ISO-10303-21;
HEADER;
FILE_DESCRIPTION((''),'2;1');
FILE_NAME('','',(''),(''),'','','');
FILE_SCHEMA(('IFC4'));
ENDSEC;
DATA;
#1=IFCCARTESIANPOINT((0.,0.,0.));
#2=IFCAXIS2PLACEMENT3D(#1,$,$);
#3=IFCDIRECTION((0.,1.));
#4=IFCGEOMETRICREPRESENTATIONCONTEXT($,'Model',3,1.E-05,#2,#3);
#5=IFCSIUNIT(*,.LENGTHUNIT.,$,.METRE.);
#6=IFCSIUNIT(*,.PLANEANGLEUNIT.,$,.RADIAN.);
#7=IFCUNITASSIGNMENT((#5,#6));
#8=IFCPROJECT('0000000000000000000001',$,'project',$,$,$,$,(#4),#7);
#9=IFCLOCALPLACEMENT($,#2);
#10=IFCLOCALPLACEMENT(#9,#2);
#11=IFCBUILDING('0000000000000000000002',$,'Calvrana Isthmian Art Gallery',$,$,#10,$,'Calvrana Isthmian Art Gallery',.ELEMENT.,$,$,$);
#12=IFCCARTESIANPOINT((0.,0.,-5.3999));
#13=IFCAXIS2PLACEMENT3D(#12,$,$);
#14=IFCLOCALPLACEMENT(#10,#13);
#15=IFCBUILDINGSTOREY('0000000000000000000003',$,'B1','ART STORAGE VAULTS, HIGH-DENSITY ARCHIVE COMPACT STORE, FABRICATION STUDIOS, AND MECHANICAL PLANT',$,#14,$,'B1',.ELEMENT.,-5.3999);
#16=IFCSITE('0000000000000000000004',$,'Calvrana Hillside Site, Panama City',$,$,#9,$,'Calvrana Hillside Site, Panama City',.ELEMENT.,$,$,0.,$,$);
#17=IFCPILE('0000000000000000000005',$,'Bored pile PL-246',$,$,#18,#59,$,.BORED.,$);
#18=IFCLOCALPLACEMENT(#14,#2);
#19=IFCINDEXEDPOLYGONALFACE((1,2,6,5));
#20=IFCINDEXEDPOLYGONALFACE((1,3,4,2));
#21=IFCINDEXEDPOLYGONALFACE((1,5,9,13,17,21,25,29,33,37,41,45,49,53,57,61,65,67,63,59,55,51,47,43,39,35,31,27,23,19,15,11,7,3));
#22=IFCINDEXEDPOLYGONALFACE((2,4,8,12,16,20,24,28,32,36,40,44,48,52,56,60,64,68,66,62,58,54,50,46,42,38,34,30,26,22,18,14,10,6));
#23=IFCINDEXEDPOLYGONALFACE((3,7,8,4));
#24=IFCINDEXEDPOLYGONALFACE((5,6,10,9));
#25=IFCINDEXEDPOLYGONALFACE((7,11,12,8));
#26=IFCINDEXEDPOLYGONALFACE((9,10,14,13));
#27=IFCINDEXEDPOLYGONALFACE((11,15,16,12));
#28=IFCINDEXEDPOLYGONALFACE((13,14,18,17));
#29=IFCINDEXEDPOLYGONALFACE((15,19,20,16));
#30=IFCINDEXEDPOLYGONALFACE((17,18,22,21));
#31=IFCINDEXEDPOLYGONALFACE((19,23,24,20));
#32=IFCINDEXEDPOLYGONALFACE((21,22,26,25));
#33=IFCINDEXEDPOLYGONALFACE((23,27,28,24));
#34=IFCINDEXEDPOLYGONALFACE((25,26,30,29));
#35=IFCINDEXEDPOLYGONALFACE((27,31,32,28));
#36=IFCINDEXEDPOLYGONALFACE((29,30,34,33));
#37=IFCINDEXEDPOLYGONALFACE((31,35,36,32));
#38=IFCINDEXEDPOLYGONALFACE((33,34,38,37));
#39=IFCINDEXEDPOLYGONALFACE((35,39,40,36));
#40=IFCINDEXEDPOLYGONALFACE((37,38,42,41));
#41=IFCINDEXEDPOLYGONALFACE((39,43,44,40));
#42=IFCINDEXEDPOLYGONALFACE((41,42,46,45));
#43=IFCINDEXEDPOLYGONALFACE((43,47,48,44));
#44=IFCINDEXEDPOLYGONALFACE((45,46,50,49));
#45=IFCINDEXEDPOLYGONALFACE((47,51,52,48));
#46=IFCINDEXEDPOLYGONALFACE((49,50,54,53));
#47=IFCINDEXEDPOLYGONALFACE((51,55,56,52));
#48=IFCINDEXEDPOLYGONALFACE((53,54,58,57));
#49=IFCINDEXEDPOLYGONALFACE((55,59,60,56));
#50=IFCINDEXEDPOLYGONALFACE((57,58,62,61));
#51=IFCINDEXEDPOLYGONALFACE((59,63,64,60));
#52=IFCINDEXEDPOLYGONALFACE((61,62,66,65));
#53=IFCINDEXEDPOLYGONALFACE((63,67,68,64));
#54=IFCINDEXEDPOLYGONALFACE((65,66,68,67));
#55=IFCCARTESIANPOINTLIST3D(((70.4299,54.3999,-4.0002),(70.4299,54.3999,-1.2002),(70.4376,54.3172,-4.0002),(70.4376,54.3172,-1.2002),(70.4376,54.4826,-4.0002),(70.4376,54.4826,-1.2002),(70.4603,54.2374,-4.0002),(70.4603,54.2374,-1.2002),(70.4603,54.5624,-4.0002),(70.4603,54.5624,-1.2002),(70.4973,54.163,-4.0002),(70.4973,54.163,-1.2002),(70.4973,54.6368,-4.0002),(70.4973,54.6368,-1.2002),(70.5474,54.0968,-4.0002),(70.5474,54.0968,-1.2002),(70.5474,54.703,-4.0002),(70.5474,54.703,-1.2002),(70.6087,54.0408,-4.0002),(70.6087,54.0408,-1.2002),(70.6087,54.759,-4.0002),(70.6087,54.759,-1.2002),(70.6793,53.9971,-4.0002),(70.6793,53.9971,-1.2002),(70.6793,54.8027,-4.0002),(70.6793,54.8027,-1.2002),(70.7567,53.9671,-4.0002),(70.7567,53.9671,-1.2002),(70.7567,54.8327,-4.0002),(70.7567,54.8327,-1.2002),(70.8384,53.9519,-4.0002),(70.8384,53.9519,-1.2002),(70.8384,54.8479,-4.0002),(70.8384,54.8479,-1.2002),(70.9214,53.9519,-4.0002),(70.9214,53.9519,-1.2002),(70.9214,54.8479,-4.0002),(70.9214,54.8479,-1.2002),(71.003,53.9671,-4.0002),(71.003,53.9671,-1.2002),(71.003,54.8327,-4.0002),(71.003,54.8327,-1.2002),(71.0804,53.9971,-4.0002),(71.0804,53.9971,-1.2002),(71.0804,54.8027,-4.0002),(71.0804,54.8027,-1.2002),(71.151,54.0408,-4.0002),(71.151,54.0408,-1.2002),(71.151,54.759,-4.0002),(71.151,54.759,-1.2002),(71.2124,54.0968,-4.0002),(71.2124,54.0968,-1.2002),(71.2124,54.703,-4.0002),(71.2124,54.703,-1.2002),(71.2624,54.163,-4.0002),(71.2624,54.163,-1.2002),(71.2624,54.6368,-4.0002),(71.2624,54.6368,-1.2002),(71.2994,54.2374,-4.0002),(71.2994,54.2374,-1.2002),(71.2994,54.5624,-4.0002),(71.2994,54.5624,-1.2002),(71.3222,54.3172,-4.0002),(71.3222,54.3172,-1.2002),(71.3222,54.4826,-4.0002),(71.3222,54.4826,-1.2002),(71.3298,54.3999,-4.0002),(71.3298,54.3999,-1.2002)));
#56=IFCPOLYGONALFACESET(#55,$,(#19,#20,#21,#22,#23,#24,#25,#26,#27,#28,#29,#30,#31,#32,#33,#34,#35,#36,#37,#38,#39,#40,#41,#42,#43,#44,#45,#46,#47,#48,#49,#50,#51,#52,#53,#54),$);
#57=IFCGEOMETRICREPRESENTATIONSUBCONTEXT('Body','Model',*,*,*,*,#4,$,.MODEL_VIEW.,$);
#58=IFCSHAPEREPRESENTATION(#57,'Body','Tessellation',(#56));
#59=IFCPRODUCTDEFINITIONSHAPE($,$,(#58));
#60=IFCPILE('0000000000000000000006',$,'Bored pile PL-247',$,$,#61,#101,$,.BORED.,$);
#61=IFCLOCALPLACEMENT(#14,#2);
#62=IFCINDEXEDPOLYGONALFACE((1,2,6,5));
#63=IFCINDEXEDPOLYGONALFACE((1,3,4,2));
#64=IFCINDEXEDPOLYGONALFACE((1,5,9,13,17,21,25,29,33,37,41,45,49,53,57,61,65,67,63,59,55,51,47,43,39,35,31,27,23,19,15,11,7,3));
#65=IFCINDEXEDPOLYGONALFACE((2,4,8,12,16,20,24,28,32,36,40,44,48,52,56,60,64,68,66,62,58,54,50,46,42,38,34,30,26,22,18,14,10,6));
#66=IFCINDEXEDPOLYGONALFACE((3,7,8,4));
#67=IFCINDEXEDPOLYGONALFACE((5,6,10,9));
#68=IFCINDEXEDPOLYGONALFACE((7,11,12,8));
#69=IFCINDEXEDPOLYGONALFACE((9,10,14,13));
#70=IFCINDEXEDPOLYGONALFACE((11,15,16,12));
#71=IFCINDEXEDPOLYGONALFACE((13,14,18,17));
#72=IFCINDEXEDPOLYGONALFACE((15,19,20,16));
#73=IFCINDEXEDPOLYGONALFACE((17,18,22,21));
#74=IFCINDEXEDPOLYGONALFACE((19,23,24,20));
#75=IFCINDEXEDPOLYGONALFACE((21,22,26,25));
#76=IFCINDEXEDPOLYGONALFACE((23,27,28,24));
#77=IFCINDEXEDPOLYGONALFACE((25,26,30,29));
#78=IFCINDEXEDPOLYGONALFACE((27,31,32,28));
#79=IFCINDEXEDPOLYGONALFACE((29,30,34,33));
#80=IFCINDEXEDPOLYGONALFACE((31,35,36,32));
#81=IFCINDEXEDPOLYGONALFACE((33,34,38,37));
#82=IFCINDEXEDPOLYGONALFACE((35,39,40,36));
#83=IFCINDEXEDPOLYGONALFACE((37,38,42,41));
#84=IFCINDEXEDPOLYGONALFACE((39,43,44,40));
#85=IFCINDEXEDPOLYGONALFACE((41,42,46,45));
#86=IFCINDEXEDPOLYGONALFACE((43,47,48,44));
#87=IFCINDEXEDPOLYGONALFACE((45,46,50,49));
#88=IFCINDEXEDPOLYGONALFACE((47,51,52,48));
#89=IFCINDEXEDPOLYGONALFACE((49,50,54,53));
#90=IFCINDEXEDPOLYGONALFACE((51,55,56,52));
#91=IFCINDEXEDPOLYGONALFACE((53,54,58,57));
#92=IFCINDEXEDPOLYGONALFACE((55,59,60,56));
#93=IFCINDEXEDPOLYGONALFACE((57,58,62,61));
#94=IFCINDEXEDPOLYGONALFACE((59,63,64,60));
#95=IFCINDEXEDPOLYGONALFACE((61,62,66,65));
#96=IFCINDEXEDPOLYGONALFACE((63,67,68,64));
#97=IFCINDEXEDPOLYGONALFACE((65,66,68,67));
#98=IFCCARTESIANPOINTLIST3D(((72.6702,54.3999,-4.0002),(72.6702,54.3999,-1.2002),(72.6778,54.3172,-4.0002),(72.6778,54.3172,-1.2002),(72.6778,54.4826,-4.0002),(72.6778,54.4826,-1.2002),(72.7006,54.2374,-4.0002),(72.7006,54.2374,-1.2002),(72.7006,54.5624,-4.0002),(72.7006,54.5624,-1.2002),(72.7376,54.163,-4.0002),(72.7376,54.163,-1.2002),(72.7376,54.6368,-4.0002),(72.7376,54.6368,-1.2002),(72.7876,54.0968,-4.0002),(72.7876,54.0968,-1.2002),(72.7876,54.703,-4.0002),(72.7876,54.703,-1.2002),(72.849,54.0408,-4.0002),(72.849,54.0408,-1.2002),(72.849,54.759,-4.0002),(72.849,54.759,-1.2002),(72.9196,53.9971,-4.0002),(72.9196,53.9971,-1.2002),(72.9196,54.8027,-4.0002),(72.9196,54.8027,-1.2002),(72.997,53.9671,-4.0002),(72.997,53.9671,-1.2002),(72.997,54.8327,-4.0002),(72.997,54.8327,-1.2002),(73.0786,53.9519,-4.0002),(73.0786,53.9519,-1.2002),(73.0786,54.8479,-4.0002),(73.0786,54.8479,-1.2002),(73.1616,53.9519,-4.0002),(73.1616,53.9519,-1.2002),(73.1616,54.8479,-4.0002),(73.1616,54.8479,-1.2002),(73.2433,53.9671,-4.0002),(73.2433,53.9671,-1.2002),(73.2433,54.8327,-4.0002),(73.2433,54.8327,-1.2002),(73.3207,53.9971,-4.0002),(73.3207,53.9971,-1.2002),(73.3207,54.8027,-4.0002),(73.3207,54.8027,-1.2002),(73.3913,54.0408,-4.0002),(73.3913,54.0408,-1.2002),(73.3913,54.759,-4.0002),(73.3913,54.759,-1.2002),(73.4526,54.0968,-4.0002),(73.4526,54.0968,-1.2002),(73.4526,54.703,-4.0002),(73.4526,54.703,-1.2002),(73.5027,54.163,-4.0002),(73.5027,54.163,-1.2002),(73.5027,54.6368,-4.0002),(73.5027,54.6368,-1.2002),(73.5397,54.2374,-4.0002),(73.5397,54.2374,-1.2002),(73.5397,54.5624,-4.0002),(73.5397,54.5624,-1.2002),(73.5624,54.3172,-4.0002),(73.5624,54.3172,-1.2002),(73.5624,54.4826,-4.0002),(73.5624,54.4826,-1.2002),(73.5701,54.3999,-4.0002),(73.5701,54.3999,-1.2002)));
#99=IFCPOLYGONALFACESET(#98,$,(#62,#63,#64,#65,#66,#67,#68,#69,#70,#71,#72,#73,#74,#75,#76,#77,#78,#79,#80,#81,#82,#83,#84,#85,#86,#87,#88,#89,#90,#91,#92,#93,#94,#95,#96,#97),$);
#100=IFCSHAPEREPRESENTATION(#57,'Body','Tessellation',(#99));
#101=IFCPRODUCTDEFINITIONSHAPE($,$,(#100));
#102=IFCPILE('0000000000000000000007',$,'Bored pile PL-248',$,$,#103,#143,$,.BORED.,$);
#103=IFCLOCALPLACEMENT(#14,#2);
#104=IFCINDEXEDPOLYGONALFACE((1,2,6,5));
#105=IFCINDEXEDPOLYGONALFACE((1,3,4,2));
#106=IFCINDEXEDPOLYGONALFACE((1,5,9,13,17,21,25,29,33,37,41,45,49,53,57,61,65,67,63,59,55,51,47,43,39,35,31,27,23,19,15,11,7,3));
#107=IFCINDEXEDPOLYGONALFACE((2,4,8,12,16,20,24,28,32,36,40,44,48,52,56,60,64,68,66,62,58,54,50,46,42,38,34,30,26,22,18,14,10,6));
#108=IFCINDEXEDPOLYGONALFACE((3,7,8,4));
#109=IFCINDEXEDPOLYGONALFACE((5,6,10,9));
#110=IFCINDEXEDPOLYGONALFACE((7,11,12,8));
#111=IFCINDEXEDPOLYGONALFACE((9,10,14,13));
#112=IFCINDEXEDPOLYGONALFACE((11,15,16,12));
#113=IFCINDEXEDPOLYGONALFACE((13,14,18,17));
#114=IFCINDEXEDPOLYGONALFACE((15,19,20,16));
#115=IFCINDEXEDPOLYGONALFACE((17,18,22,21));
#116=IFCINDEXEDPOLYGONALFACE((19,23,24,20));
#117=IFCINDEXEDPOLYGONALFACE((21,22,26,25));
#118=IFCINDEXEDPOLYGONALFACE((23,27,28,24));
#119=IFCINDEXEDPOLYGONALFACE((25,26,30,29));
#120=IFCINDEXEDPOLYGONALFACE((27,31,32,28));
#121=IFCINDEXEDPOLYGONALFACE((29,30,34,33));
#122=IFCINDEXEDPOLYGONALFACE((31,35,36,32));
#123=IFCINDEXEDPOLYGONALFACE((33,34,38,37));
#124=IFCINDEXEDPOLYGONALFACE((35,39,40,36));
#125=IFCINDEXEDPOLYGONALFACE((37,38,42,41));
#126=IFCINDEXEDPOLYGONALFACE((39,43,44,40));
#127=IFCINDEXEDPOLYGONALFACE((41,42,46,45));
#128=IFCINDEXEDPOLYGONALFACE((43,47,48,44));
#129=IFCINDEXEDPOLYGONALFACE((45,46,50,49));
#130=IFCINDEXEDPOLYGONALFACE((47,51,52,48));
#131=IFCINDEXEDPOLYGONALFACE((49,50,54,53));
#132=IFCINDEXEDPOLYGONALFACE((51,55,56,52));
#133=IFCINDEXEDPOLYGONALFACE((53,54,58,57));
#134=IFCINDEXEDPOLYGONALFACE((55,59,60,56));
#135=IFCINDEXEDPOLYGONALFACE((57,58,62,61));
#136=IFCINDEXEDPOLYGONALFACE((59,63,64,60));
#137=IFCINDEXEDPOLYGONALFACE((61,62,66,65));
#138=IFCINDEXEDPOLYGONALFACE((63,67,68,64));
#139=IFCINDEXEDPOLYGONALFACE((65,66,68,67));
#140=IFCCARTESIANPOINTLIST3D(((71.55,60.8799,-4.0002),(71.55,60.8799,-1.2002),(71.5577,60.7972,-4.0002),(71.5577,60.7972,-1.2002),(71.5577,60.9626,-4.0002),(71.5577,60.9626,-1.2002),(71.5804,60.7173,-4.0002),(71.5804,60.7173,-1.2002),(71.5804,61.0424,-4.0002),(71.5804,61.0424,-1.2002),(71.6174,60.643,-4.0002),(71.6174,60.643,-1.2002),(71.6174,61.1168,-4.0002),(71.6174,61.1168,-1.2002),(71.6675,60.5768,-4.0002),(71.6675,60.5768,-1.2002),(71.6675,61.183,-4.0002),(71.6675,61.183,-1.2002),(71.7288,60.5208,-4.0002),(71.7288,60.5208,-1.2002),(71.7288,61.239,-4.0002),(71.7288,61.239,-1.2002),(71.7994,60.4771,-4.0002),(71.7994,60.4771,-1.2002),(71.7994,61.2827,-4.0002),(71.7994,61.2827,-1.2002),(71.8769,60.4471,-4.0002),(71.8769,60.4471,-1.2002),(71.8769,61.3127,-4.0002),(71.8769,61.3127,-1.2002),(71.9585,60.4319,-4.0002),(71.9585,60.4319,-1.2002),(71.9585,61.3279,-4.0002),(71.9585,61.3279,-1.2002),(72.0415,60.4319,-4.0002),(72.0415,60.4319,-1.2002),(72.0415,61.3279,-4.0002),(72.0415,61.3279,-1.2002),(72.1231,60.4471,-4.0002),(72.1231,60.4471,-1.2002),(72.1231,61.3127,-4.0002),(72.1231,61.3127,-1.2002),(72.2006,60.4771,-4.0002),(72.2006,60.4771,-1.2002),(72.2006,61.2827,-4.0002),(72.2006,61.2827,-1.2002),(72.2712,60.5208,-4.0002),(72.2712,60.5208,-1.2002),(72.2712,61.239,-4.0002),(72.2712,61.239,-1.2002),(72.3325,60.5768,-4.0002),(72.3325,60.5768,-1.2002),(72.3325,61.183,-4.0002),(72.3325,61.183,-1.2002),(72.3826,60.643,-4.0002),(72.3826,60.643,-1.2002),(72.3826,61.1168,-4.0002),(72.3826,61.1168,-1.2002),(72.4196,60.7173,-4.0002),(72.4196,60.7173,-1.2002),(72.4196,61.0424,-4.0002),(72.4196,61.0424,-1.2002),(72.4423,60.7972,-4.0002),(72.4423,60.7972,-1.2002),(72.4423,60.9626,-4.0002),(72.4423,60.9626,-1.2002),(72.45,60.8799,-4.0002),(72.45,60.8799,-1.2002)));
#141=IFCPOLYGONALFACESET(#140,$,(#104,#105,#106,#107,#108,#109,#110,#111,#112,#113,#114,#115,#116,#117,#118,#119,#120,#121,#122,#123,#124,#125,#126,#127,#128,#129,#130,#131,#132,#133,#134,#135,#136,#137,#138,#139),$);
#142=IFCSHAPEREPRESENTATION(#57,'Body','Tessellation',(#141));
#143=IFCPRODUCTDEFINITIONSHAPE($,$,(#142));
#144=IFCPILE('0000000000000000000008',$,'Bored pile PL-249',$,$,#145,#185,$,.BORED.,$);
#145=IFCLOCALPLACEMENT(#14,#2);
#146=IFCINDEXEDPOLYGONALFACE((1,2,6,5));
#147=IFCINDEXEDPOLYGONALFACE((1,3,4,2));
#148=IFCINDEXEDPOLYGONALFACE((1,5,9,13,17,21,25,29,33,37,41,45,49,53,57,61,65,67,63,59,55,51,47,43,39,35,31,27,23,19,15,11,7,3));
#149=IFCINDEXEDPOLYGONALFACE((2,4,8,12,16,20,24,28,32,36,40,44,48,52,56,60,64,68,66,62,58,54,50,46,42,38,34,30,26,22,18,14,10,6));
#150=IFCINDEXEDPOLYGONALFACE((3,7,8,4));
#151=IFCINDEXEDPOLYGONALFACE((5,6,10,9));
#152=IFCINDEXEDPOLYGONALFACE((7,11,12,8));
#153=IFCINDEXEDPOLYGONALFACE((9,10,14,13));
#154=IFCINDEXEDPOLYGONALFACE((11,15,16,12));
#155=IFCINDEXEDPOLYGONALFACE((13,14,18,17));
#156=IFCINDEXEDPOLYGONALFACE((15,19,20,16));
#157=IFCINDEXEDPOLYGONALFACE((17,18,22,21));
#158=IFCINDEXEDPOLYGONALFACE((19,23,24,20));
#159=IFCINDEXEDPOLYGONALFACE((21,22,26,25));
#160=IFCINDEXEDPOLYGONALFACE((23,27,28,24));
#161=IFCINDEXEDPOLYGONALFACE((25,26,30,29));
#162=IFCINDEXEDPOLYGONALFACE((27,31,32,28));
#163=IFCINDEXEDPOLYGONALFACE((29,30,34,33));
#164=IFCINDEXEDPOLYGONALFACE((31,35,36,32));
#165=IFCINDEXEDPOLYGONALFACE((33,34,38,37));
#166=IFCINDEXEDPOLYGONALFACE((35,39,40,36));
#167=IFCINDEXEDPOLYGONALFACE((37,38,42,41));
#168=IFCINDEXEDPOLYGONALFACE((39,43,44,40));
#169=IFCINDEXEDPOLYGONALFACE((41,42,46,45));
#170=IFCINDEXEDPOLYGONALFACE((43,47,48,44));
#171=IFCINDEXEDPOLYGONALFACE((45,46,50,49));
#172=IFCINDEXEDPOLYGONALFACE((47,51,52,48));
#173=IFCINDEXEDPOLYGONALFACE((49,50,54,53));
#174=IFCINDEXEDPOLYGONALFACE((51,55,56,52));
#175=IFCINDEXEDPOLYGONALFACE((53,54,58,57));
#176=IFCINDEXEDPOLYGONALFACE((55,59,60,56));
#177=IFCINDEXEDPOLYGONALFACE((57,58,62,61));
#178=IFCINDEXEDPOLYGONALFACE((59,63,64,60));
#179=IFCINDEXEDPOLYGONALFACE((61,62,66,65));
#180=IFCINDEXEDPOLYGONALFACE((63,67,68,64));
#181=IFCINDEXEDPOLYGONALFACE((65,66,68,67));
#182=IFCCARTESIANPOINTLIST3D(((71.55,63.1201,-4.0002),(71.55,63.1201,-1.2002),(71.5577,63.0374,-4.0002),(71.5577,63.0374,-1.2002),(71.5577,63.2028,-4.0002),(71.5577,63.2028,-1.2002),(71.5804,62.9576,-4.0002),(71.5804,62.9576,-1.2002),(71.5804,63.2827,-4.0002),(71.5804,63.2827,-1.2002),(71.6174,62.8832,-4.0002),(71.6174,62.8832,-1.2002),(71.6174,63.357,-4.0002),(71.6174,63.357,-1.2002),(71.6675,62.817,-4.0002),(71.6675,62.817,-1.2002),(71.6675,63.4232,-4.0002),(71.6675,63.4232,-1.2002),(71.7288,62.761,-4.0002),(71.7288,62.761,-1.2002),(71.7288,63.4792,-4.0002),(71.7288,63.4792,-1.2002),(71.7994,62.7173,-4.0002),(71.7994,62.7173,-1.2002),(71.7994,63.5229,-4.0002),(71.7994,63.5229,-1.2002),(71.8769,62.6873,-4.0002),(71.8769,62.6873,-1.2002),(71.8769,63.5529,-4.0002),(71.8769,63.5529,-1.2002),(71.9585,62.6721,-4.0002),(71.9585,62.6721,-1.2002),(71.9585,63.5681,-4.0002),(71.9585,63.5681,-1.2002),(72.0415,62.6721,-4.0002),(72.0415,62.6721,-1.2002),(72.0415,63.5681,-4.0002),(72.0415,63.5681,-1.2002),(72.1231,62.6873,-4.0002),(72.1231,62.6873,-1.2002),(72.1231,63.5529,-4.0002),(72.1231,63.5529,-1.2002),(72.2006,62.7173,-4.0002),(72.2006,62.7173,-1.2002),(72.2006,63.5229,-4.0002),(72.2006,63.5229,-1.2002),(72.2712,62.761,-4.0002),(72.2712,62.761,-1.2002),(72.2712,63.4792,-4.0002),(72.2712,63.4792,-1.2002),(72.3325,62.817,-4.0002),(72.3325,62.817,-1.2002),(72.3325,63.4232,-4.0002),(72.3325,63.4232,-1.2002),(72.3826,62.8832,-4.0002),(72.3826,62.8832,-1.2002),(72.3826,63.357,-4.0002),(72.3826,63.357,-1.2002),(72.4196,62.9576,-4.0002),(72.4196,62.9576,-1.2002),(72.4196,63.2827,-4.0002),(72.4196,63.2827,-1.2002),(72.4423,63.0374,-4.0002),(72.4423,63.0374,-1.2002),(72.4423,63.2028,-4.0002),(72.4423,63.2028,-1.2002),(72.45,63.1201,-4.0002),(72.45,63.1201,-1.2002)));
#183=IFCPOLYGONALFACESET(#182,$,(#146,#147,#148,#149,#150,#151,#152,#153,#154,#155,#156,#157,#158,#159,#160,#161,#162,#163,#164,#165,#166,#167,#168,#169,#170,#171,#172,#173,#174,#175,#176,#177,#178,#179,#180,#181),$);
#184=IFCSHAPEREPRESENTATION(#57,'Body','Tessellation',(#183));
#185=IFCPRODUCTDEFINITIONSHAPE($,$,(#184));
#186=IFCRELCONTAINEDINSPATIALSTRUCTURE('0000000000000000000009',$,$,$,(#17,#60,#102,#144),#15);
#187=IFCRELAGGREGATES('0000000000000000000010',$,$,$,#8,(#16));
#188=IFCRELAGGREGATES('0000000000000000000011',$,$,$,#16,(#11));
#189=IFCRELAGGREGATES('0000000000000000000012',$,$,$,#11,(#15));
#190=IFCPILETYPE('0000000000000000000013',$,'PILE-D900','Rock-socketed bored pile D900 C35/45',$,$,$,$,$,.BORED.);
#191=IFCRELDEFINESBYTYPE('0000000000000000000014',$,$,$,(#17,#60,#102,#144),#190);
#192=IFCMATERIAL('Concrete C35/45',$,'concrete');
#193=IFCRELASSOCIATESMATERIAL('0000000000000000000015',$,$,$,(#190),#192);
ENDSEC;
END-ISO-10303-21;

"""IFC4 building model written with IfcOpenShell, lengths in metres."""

from ifc_helpers import new_model, si_unit, direction, frame, origin, origin_2d, place, context, subcontext, project, spatial, circle, extrude, material, material_profile, profile_set, type_object, element, save


model = new_model("IFC4")

# Units and contexts
model_context = context("Model", 3, precision=1e-05, world=origin(), true_north=direction((0.0, 1.0)))
body_context = subcontext(model_context, "Body", "Model", "MODEL_VIEW")
ifc_project = project(units=[si_unit("LENGTHUNIT", "METRE"), si_unit("PLANEANGLEUNIT", "RADIAN")], contexts=[model_context])

# Site, building, storey
site_placement = place(None, origin())
site = spatial("IfcSite", under=ifc_project, at=site_placement, Name="Calvrana Hillside Site, Panama City", LongName="Calvrana Hillside Site, Panama City", CompositionType="ELEMENT", RefElevation=0.0)
building_placement = place(site_placement, origin())
building = spatial("IfcBuilding", under=site, at=building_placement, Name="Calvrana Isthmian Art Gallery", LongName="Calvrana Isthmian Art Gallery", CompositionType="ELEMENT")
storey_placement = place(building_placement, frame((0.0, 0.0, -5.3999)))
storey = spatial("IfcBuildingStorey", under=building, at=storey_placement, Name="B1", Description="ART STORAGE VAULTS, HIGH-DENSITY ARCHIVE COMPACT STORE, FABRICATION STUDIOS, AND MECHANICAL PLANT", LongName="B1", CompositionType="ELEMENT", Elevation=-5.3999)

# Shared definitions
ifc_material_1 = material(Name="Concrete C35/45", Category="concrete")

# Piles
ifc_material_profile_1 = material_profile(ifc_material_1, circle(Radius=0.45, at=origin_2d()), Name="PILE900D")
ifc_profile_set_1 = profile_set([ifc_material_profile_1], Name="Concrete C35/45")
pile_type_1 = type_object("IfcPileType", Name="PILE-D900", Description="Rock-socketed bored pile D900 C35/45", PredefinedType="BORED", material=ifc_profile_set_1)
for number, where, z_axis, x_axis, name in (
    (1, (70.8799, 54.3999, -1.2002), (0.0, 0.0, -1.0), (1.0, 0.0, 0.0), "Bored pile PL-246"),
    (2, (73.1201, 54.3999, -1.2002), (0.0, 0.0, -1.0), (1.0, 0.0, 0.0), "Bored pile PL-247"),
    (3, (72.0, 60.8799, -1.2002), (0.0, 0.0, -1.0), (1.0, 0.0, 0.0), "Bored pile PL-248"),
    (4, (72.0, 63.1201, -1.2002), (0.0, 0.0, -1.0), (1.0, 0.0, 0.0), "Bored pile PL-249"),
):
    element("IfcPile", number, at=place(storey_placement, frame(where, z_axis=z_axis, x_axis=x_axis)), inside=storey, type_object=pile_type_1, Name=name, PredefinedType="BORED", context=body_context, shape_type="SweptSolid", body=[
        extrude(circle(Radius=0.45, at=origin_2d()), origin(), (0.0, 0.0, 1.0), 2.8),
    ])

save(model, "model.ifc")
